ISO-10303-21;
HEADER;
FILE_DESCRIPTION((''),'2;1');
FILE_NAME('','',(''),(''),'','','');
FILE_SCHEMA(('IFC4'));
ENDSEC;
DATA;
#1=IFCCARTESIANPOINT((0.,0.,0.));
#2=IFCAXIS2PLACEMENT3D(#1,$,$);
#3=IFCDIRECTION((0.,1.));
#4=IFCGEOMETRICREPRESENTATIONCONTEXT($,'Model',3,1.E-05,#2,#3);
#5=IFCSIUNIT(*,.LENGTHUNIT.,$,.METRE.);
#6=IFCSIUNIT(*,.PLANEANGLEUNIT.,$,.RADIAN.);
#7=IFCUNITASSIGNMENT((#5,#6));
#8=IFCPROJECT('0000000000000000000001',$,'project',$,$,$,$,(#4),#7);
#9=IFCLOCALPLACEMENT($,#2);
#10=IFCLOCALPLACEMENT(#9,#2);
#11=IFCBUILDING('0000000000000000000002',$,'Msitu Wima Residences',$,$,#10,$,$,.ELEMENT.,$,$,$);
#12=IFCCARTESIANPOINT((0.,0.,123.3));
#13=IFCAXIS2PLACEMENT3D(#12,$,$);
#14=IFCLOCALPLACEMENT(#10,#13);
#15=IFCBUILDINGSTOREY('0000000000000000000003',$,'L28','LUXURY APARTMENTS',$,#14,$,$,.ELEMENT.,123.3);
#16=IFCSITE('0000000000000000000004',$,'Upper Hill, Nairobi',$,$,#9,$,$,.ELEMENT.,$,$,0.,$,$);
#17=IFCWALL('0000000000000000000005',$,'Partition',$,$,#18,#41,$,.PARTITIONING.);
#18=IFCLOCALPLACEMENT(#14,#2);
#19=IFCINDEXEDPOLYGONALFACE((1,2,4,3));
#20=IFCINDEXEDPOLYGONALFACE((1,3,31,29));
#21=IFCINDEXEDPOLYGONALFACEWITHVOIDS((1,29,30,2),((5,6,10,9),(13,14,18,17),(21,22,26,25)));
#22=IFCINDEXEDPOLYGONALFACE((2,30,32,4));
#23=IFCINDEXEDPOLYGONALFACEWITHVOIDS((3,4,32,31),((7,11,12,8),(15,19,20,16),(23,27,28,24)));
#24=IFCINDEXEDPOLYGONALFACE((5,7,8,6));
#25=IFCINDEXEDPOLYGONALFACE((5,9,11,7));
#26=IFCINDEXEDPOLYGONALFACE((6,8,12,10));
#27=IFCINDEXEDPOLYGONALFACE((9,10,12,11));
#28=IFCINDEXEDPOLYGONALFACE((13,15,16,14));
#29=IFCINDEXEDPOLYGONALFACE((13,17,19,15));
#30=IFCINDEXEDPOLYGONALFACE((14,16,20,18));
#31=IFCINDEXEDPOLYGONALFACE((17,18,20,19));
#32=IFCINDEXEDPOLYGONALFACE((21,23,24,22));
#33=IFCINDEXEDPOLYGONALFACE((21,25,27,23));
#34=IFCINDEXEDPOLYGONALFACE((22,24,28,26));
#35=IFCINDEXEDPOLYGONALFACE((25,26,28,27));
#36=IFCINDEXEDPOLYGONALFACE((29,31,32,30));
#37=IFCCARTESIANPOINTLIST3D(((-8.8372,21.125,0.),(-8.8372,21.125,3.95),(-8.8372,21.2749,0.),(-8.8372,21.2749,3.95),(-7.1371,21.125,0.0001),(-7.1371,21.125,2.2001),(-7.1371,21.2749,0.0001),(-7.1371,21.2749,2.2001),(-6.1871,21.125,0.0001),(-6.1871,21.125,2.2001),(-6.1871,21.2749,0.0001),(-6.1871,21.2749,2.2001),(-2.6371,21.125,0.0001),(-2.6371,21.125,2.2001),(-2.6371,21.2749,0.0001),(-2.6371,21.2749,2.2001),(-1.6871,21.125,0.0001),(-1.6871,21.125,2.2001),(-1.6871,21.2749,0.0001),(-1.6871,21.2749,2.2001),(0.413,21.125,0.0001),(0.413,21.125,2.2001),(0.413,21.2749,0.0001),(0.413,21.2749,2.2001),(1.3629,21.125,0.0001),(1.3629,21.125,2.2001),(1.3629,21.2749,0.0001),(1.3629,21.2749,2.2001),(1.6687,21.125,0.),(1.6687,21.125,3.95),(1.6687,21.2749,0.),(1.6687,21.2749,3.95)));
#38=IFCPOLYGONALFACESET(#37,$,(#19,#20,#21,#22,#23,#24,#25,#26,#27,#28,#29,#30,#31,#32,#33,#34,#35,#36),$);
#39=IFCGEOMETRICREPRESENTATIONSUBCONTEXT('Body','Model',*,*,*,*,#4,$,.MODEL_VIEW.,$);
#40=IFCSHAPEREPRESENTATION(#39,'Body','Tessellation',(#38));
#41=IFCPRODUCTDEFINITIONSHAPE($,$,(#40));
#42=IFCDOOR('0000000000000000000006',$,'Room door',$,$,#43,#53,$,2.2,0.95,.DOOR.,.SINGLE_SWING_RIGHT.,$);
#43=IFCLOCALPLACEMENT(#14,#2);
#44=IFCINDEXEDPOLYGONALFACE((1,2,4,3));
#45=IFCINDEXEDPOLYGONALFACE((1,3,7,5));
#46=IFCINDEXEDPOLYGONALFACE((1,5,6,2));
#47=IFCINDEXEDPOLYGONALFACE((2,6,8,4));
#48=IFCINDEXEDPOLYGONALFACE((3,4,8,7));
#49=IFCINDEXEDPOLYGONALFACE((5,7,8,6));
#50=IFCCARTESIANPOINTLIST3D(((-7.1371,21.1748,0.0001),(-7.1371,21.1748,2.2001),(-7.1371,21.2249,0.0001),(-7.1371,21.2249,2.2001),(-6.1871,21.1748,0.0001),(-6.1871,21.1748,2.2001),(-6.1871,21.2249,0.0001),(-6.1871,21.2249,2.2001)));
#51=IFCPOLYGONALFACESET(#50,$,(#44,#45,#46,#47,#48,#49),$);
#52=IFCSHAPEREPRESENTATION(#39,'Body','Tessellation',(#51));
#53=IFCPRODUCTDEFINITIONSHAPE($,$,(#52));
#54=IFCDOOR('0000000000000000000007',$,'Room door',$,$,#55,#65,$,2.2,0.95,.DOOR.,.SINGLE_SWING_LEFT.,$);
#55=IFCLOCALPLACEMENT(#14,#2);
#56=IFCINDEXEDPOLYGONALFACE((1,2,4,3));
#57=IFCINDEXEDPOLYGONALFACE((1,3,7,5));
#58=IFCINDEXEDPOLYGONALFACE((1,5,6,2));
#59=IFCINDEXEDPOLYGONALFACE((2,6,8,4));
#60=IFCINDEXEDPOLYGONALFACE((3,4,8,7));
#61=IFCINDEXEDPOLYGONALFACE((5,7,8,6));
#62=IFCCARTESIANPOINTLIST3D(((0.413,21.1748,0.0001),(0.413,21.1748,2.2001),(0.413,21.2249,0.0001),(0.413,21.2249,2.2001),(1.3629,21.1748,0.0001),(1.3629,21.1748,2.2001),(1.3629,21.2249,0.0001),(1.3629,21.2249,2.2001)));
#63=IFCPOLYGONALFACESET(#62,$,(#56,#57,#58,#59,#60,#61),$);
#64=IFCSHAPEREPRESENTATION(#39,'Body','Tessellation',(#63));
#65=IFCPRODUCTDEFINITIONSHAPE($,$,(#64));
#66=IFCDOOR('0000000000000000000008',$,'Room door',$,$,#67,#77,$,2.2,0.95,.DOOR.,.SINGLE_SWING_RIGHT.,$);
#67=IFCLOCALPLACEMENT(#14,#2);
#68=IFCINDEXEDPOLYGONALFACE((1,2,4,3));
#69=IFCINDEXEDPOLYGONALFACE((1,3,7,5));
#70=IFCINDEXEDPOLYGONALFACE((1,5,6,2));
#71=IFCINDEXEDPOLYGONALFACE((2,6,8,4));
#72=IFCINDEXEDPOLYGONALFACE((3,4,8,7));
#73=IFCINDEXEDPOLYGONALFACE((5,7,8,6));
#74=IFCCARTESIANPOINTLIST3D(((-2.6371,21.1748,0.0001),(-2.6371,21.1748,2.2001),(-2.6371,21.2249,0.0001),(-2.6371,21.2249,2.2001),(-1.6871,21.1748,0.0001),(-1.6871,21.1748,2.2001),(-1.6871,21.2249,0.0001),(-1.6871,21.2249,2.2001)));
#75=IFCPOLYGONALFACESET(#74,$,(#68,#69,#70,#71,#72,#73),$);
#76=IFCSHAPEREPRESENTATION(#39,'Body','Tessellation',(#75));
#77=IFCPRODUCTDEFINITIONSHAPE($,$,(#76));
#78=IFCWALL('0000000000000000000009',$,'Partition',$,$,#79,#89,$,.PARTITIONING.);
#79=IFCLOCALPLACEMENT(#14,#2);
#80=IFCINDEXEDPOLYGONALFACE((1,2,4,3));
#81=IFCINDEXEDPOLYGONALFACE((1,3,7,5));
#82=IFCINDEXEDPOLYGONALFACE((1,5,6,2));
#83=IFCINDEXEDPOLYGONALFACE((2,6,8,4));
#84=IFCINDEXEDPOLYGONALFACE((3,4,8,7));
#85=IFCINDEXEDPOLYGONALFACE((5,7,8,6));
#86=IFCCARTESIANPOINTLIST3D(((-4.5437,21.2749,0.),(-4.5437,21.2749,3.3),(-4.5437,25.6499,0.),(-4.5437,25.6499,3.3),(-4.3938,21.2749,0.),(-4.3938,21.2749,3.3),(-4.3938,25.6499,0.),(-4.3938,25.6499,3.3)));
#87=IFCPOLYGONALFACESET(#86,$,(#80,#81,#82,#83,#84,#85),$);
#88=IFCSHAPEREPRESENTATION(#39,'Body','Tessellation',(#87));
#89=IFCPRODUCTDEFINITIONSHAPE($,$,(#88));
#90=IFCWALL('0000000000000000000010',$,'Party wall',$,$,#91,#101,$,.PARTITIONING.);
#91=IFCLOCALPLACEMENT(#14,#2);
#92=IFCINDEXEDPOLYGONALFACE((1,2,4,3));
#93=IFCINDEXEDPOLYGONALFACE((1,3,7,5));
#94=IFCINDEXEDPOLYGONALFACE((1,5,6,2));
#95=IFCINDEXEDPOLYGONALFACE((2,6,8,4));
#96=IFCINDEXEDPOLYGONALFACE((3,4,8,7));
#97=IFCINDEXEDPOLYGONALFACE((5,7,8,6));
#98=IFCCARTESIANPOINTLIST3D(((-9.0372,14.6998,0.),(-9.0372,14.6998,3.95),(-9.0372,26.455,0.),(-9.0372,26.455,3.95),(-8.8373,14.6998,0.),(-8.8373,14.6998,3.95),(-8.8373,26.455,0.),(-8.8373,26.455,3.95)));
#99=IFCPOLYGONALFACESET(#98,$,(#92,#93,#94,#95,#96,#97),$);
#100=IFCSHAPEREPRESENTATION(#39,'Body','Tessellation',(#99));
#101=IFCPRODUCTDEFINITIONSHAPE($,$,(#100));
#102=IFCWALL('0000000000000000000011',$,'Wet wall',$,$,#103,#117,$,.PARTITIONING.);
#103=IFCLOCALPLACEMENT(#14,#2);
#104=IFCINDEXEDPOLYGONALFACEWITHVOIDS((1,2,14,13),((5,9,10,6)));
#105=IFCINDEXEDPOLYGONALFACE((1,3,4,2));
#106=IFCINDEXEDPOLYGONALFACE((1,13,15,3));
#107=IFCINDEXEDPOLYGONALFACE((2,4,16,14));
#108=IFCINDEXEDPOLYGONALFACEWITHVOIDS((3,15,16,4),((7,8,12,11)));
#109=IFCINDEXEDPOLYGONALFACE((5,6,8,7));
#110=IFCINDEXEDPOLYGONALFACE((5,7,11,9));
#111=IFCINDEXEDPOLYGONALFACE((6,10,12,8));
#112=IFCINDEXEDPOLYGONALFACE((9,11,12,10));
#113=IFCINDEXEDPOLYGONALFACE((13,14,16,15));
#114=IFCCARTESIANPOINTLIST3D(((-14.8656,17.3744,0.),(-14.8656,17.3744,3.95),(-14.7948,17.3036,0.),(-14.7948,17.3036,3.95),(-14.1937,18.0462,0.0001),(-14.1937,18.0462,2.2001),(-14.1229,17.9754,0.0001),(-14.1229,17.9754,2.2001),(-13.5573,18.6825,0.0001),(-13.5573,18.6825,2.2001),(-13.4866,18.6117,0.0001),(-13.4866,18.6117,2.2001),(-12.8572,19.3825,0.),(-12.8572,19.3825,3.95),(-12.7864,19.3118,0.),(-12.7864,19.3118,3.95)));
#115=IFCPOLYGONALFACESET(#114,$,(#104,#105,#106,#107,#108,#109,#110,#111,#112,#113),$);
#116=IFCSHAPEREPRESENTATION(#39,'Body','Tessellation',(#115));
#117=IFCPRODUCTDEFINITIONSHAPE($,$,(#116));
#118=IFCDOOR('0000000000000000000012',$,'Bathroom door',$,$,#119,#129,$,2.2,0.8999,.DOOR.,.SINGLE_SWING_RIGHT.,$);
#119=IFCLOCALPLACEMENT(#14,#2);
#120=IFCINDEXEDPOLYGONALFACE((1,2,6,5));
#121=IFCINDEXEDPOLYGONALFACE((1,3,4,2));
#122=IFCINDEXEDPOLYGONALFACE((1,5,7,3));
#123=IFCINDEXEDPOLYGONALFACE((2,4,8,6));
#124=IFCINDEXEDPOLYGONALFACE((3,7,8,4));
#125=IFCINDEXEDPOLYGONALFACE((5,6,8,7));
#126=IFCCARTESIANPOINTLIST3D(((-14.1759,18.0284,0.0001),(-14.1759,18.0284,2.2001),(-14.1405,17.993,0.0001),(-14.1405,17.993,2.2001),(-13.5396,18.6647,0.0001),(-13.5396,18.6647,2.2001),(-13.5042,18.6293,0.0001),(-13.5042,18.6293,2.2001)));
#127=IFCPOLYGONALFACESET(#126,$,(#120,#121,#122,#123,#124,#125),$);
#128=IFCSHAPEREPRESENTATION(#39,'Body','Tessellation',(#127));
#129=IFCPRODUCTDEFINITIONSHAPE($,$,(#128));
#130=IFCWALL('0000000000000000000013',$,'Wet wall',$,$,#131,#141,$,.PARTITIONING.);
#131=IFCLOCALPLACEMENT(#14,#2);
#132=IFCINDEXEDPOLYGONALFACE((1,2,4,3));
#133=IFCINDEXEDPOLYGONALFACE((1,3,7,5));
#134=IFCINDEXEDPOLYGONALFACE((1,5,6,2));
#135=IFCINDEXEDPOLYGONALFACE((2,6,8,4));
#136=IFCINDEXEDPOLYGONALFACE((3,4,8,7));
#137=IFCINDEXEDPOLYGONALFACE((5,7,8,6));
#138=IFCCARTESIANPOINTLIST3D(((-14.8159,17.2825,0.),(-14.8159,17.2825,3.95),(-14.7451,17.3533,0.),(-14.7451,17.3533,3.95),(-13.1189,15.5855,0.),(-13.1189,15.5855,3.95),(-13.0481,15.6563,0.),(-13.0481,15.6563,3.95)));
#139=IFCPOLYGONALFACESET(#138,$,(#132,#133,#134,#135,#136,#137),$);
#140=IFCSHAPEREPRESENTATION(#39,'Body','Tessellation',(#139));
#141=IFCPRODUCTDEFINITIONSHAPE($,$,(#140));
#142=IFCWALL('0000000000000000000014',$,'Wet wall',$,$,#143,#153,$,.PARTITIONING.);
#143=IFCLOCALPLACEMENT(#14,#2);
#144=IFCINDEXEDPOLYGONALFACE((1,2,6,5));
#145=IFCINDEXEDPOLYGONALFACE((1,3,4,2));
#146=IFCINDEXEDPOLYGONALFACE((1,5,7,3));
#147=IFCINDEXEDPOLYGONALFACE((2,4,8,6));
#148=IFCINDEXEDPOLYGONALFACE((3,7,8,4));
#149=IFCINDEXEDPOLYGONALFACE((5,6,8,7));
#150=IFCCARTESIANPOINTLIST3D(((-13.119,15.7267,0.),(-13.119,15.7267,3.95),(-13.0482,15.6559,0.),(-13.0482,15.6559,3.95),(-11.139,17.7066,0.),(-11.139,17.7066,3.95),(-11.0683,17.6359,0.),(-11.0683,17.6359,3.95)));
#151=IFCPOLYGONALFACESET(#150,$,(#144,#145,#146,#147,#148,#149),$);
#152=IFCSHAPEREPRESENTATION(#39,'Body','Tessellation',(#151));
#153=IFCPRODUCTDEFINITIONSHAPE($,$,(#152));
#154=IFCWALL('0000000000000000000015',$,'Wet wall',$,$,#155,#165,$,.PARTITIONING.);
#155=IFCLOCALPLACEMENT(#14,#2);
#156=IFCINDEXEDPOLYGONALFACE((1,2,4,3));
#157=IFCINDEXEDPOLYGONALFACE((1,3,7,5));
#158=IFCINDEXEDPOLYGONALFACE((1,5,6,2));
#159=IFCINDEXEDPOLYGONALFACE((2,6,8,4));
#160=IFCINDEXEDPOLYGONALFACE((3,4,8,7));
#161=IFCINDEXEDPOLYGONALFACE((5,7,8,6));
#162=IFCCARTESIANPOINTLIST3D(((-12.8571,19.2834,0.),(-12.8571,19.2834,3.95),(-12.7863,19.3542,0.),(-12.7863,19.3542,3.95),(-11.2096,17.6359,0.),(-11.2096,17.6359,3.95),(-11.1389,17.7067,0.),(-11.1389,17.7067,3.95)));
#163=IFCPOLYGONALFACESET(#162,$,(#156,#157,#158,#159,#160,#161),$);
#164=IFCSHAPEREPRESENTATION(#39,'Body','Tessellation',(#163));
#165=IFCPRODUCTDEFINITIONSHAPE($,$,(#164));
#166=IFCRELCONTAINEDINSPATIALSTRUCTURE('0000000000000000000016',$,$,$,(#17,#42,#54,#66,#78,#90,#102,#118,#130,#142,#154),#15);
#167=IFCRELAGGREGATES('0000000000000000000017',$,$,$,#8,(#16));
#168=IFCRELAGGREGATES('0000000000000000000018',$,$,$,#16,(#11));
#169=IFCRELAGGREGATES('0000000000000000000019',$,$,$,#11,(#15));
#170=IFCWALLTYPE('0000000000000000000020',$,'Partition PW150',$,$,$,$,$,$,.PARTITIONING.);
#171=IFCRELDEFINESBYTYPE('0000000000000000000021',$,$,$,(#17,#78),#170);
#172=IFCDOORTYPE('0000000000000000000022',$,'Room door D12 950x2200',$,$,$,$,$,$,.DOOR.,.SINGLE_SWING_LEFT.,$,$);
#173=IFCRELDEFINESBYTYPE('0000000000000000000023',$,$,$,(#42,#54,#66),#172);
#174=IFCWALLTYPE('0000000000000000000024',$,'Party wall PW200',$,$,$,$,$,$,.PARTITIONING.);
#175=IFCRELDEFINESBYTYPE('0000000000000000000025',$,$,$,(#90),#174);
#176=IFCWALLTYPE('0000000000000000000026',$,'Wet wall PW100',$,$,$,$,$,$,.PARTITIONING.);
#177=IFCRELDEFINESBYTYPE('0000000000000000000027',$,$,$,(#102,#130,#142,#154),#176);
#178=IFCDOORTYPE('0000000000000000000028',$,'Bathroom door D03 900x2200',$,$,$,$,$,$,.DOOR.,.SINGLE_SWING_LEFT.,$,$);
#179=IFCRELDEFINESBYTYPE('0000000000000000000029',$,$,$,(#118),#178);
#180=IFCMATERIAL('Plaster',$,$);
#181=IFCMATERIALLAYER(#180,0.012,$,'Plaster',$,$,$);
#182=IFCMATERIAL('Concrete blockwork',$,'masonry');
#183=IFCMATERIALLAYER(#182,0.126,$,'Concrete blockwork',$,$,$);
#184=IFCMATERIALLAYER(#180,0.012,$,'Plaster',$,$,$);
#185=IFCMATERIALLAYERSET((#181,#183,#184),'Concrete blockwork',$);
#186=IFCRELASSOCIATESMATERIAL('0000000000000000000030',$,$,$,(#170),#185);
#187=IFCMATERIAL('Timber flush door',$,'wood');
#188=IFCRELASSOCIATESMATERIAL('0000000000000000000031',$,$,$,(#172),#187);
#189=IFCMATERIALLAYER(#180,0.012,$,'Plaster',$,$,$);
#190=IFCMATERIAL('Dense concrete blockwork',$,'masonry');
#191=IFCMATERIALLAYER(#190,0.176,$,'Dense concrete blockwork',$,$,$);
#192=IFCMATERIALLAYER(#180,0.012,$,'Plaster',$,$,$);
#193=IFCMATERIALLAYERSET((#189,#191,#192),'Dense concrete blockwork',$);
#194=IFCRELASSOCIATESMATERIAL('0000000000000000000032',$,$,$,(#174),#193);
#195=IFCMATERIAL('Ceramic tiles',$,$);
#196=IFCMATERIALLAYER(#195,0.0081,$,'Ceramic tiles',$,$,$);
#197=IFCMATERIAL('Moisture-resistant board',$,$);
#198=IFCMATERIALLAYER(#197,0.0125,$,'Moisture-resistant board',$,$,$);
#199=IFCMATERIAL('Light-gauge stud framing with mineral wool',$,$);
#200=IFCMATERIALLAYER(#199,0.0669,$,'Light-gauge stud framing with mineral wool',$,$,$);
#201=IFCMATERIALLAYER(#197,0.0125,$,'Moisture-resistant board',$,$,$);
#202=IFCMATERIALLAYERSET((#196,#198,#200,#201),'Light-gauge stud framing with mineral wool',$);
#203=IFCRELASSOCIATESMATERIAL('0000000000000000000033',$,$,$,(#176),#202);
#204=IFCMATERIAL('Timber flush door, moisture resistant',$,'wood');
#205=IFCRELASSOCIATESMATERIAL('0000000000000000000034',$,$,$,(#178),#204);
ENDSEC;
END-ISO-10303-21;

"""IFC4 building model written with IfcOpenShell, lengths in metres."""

from ifc_helpers import new_model, si_unit, direction, frame, frame_2d, origin, place, context, subcontext, project, spatial, rectangle, extrude, material, layer, layer_set, type_object, element, fill, save


model = new_model("IFC4")

# Units and contexts
model_context = context("Model", 3, precision=1e-05, world=origin(), true_north=direction((0.0, 1.0)))
body_context = subcontext(model_context, "Body", "Model", "MODEL_VIEW")
ifc_project = project(units=[si_unit("LENGTHUNIT", "METRE"), si_unit("PLANEANGLEUNIT", "RADIAN")], contexts=[model_context])

# Site, building, storey
site_placement = place(None, origin())
site = spatial("IfcSite", under=ifc_project, at=site_placement, Name="Upper Hill, Nairobi", CompositionType="ELEMENT", RefElevation=0.0)
building_placement = place(site_placement, origin())
building = spatial("IfcBuilding", under=site, at=building_placement, Name="Msitu Wima Residences", CompositionType="ELEMENT")
storey_placement = place(building_placement, frame((0.0, 0.0, 123.3)))
storey = spatial("IfcBuildingStorey", under=building, at=storey_placement, Name="L28", Description="LUXURY APARTMENTS", CompositionType="ELEMENT", Elevation=123.3)

# Shared definitions
ifc_material_1 = material(Name="Plaster")
ifc_layer_1 = layer(ifc_material_1, 0.012, Name="Plaster")
ifc_material_2 = material(Name="Concrete blockwork", Category="masonry")
ifc_layer_2 = layer(ifc_material_2, 0.126, Name="Concrete blockwork")
ifc_layer_3 = layer(ifc_material_1, 0.012, Name="Plaster")
ifc_layer_set_1 = layer_set([ifc_layer_1, ifc_layer_2, ifc_layer_3], Name="Concrete blockwork")
wall_type_1 = type_object("IfcWallType", Name="Partition PW150", PredefinedType="PARTITIONING", material=ifc_layer_set_1)
ifc_material_3 = material(Name="Timber flush door", Category="wood")
door_type_1 = type_object("IfcDoorType", Name="Room door D12 950x2200", OperationType="SINGLE_SWING_LEFT", PredefinedType="DOOR", material=ifc_material_3)

# Wall, openings, doors
wall_1_placement = place(storey_placement, frame((-8.8372, 21.2, 0.0), z_axis=(0.0, 0.0, 1.0), x_axis=(1.0, 0.0, 0.0)))
wall_1 = element("IfcWall", 1, at=wall_1_placement, inside=storey, type_object=wall_type_1, Name="Partition", PredefinedType="PARTITIONING", context=body_context, shape_type="SweptSolid", body=[
    extrude(rectangle(XDim=10.5059, YDim=0.1499, at=frame_2d((5.2529, 0.0))), origin(), (0.0, 0.0, 1.0), 3.95),
])
opening_1_placement = place(wall_1_placement, frame((1.7, 0.0, 0.0)))
opening_1 = element("IfcOpeningElement", 2, at=opening_1_placement, cuts=wall_1, PredefinedType="OPENING", context=body_context, shape_type="SweptSolid", body=[
    extrude(rectangle(XDim=0.95, YDim=2.2, at=frame_2d((0.4751, 1.1001))), frame((0.0, 0.085, 0.0), z_axis=(0.0, -1.0, 0.0), x_axis=(1.0, 0.0, 0.0)), (0.0, 0.0, 1.0), 0.1699),
])
opening_2_placement = place(wall_1_placement, frame((9.25, 0.0, 0.0)))
opening_2 = element("IfcOpeningElement", 3, at=opening_2_placement, cuts=wall_1, PredefinedType="OPENING", context=body_context, shape_type="SweptSolid", body=[
    extrude(rectangle(XDim=0.95, YDim=2.2, at=frame_2d((0.4751, 1.1001))), frame((0.0, 0.085, 0.0), z_axis=(0.0, -1.0, 0.0), x_axis=(1.0, 0.0, 0.0)), (0.0, 0.0, 1.0), 0.1699),
])
opening_3_placement = place(wall_1_placement, frame((6.2, 0.0, 0.0)))
opening_3 = element("IfcOpeningElement", 4, at=opening_3_placement, cuts=wall_1, PredefinedType="OPENING", context=body_context, shape_type="SweptSolid", body=[
    extrude(rectangle(XDim=0.95, YDim=2.2, at=frame_2d((0.4751, 1.1001))), frame((0.0, 0.085, 0.0), z_axis=(0.0, -1.0, 0.0), x_axis=(1.0, 0.0, 0.0)), (0.0, 0.0, 1.0), 0.1699),
])
door_1_placement = place(opening_1_placement, origin())
door_1 = element("IfcDoor", 5, at=door_1_placement, inside=storey, type_object=door_type_1, Name="Room door", OperationType="SINGLE_SWING_RIGHT", OverallHeight=2.2, OverallWidth=0.95, PredefinedType="DOOR", context=body_context, shape_type="SweptSolid", body=[
    extrude(rectangle(XDim=0.95, YDim=2.2, at=frame_2d((0.4751, 1.1001))), frame((0.0, 0.0249, 0.0), z_axis=(0.0, -1.0, 0.0), x_axis=(1.0, 0.0, 0.0)), (0.0, 0.0, 1.0), 0.05),
])
fill(opening_1, door_1)
door_2_placement = place(opening_2_placement, origin())
door_2 = element("IfcDoor", 6, at=door_2_placement, inside=storey, type_object=door_type_1, Name="Room door", OperationType="SINGLE_SWING_LEFT", OverallHeight=2.2, OverallWidth=0.95, PredefinedType="DOOR", context=body_context, shape_type="SweptSolid", body=[
    extrude(rectangle(XDim=0.95, YDim=2.2, at=frame_2d((0.4751, 1.1001))), frame((0.0, 0.0249, 0.0), z_axis=(0.0, -1.0, 0.0), x_axis=(1.0, 0.0, 0.0)), (0.0, 0.0, 1.0), 0.05),
])
fill(opening_2, door_2)
door_3_placement = place(opening_3_placement, origin())
door_3 = element("IfcDoor", 7, at=door_3_placement, inside=storey, type_object=door_type_1, Name="Room door", OperationType="SINGLE_SWING_RIGHT", OverallHeight=2.2, OverallWidth=0.95, PredefinedType="DOOR", context=body_context, shape_type="SweptSolid", body=[
    extrude(rectangle(XDim=0.95, YDim=2.2, at=frame_2d((0.4751, 1.1001))), frame((0.0, 0.0249, 0.0), z_axis=(0.0, -1.0, 0.0), x_axis=(1.0, 0.0, 0.0)), (0.0, 0.0, 1.0), 0.05),
])
fill(opening_3, door_3)

# Walls
wall_2_placement = place(storey_placement, frame((-4.4688, 21.2749, 0.0), z_axis=(0.0, 0.0, 1.0), x_axis=(0.0, 1.0, 0.0)))
element("IfcWall", 8, at=wall_2_placement, inside=storey, type_object=wall_type_1, Name="Partition", PredefinedType="PARTITIONING", context=body_context, shape_type="SweptSolid", body=[
    extrude(rectangle(XDim=4.375, YDim=0.1499, at=frame_2d((2.1875, 0.0))), origin(), (0.0, 0.0, 1.0), 3.3),
])
ifc_layer_4 = layer(ifc_material_1, 0.012, Name="Plaster")
ifc_material_4 = material(Name="Dense concrete blockwork", Category="masonry")
ifc_layer_5 = layer(ifc_material_4, 0.176, Name="Dense concrete blockwork")
ifc_layer_6 = layer(ifc_material_1, 0.012, Name="Plaster")
ifc_layer_set_2 = layer_set([ifc_layer_4, ifc_layer_5, ifc_layer_6], Name="Dense concrete blockwork")
wall_type_2 = type_object("IfcWallType", Name="Party wall PW200", PredefinedType="PARTITIONING", material=ifc_layer_set_2)
wall_3_placement = place(storey_placement, frame((-8.9373, 14.7, 0.0), z_axis=(0.0, 0.0, 1.0), x_axis=(0.0, 1.0, 0.0)))
element("IfcWall", 9, at=wall_3_placement, inside=storey, type_object=wall_type_2, Name="Party wall", PredefinedType="PARTITIONING", context=body_context, shape_type="SweptSolid", body=[
    extrude(rectangle(XDim=11.7551, YDim=0.2, at=frame_2d((5.8774, 0.0))), origin(), (0.0, 0.0, 1.0), 3.95),
])

# Wall, opening, door
ifc_material_5 = material(Name="Ceramic tiles")
ifc_layer_7 = layer(ifc_material_5, 0.0081, Name="Ceramic tiles")
ifc_material_6 = material(Name="Moisture-resistant board")
ifc_layer_8 = layer(ifc_material_6, 0.0125, Name="Moisture-resistant board")
ifc_material_7 = material(Name="Light-gauge stud framing with mineral wool")
ifc_layer_9 = layer(ifc_material_7, 0.0669, Name="Light-gauge stud framing with mineral wool")
ifc_layer_10 = layer(ifc_material_6, 0.0125, Name="Moisture-resistant board")
ifc_layer_set_3 = layer_set([ifc_layer_7, ifc_layer_8, ifc_layer_9, ifc_layer_10], Name="Light-gauge stud framing with mineral wool")
wall_type_3 = type_object("IfcWallType", Name="Wet wall PW100", PredefinedType="PARTITIONING", material=ifc_layer_set_3)
wall_4_placement = place(storey_placement, frame((-14.8301, 17.3391, 0.0), z_axis=(0.0, 0.0, 1.0), x_axis=(0.70715, 0.707064, 0.0)))
wall_4 = element("IfcWall", 10, at=wall_4_placement, inside=storey, type_object=wall_type_3, Name="Wet wall", PredefinedType="PARTITIONING", context=body_context, shape_type="SweptSolid", body=[
    extrude(rectangle(XDim=2.8401, YDim=0.1001, at=frame_2d((1.4199, 0.0))), origin(), (0.0, 0.0, 1.0), 3.95),
])
opening_4_placement = place(wall_4_placement, frame((0.95, 0.0, 0.0)))
opening_4 = element("IfcOpeningElement", 11, at=opening_4_placement, cuts=wall_4, PredefinedType="OPENING", context=body_context, shape_type="SweptSolid", body=[
    extrude(rectangle(XDim=0.8999, YDim=2.2, at=frame_2d((0.45, 1.1001))), frame((0.0, 0.0601, 0.0), z_axis=(0.0, -1.0, 0.0), x_axis=(1.0, 0.0, 0.0)), (0.0, 0.0, 1.0), 0.1201),
])
ifc_material_8 = material(Name="Timber flush door, moisture resistant", Category="wood")
door_type_2 = type_object("IfcDoorType", Name="Bathroom door D03 900x2200", OperationType="SINGLE_SWING_LEFT", PredefinedType="DOOR", material=ifc_material_8)
door_4_placement = place(opening_4_placement, origin())
door_4 = element("IfcDoor", 12, at=door_4_placement, inside=storey, type_object=door_type_2, Name="Bathroom door", OperationType="SINGLE_SWING_RIGHT", OverallHeight=2.2, OverallWidth=0.8999, PredefinedType="DOOR", context=body_context, shape_type="SweptSolid", body=[
    extrude(rectangle(XDim=0.8999, YDim=2.2, at=frame_2d((0.45, 1.1001))), frame((0.0, 0.0249, 0.0), z_axis=(0.0, -1.0, 0.0), x_axis=(1.0, 0.0, 0.0)), (0.0, 0.0, 1.0), 0.05),
])
fill(opening_4, door_4)

# Walls
wall_5_placement = place(storey_placement, frame((-14.7805, 17.3179, 0.0), z_axis=(0.0, 0.0, 1.0), x_axis=(0.707107, -0.707107, 0.0)))
element("IfcWall", 13, at=wall_5_placement, inside=storey, type_object=wall_type_3, Name="Wet wall", PredefinedType="PARTITIONING", context=body_context, shape_type="SweptSolid", body=[
    extrude(rectangle(XDim=2.3999, YDim=0.1001, at=frame_2d((1.2, 0.0))), origin(), (0.0, 0.0, 1.0), 3.95),
])
wall_6_placement = place(storey_placement, frame((-13.0835, 15.6914, 0.0), z_axis=(0.0, 0.0, 1.0), x_axis=(0.707107, 0.707107, 0.0)))
element("IfcWall", 14, at=wall_6_placement, inside=storey, type_object=wall_type_3, Name="Wet wall", PredefinedType="PARTITIONING", context=body_context, shape_type="SweptSolid", body=[
    extrude(rectangle(XDim=2.8, YDim=0.1001, at=frame_2d((1.3999, 0.0))), origin(), (0.0, 0.0, 1.0), 3.95),
])
wall_7_placement = place(storey_placement, frame((-12.8218, 19.3188, 0.0), z_axis=(0.0, 0.0, 1.0), x_axis=(0.707107, -0.707107, 0.0)))
element("IfcWall", 15, at=wall_7_placement, inside=storey, type_object=wall_type_3, Name="Wet wall", PredefinedType="PARTITIONING", context=body_context, shape_type="SweptSolid", body=[
    extrude(rectangle(XDim=2.3298, YDim=0.1001, at=frame_2d((1.165, 0.0))), origin(), (0.0, 0.0, 1.0), 3.95),
])

save(model, "model.ifc")
